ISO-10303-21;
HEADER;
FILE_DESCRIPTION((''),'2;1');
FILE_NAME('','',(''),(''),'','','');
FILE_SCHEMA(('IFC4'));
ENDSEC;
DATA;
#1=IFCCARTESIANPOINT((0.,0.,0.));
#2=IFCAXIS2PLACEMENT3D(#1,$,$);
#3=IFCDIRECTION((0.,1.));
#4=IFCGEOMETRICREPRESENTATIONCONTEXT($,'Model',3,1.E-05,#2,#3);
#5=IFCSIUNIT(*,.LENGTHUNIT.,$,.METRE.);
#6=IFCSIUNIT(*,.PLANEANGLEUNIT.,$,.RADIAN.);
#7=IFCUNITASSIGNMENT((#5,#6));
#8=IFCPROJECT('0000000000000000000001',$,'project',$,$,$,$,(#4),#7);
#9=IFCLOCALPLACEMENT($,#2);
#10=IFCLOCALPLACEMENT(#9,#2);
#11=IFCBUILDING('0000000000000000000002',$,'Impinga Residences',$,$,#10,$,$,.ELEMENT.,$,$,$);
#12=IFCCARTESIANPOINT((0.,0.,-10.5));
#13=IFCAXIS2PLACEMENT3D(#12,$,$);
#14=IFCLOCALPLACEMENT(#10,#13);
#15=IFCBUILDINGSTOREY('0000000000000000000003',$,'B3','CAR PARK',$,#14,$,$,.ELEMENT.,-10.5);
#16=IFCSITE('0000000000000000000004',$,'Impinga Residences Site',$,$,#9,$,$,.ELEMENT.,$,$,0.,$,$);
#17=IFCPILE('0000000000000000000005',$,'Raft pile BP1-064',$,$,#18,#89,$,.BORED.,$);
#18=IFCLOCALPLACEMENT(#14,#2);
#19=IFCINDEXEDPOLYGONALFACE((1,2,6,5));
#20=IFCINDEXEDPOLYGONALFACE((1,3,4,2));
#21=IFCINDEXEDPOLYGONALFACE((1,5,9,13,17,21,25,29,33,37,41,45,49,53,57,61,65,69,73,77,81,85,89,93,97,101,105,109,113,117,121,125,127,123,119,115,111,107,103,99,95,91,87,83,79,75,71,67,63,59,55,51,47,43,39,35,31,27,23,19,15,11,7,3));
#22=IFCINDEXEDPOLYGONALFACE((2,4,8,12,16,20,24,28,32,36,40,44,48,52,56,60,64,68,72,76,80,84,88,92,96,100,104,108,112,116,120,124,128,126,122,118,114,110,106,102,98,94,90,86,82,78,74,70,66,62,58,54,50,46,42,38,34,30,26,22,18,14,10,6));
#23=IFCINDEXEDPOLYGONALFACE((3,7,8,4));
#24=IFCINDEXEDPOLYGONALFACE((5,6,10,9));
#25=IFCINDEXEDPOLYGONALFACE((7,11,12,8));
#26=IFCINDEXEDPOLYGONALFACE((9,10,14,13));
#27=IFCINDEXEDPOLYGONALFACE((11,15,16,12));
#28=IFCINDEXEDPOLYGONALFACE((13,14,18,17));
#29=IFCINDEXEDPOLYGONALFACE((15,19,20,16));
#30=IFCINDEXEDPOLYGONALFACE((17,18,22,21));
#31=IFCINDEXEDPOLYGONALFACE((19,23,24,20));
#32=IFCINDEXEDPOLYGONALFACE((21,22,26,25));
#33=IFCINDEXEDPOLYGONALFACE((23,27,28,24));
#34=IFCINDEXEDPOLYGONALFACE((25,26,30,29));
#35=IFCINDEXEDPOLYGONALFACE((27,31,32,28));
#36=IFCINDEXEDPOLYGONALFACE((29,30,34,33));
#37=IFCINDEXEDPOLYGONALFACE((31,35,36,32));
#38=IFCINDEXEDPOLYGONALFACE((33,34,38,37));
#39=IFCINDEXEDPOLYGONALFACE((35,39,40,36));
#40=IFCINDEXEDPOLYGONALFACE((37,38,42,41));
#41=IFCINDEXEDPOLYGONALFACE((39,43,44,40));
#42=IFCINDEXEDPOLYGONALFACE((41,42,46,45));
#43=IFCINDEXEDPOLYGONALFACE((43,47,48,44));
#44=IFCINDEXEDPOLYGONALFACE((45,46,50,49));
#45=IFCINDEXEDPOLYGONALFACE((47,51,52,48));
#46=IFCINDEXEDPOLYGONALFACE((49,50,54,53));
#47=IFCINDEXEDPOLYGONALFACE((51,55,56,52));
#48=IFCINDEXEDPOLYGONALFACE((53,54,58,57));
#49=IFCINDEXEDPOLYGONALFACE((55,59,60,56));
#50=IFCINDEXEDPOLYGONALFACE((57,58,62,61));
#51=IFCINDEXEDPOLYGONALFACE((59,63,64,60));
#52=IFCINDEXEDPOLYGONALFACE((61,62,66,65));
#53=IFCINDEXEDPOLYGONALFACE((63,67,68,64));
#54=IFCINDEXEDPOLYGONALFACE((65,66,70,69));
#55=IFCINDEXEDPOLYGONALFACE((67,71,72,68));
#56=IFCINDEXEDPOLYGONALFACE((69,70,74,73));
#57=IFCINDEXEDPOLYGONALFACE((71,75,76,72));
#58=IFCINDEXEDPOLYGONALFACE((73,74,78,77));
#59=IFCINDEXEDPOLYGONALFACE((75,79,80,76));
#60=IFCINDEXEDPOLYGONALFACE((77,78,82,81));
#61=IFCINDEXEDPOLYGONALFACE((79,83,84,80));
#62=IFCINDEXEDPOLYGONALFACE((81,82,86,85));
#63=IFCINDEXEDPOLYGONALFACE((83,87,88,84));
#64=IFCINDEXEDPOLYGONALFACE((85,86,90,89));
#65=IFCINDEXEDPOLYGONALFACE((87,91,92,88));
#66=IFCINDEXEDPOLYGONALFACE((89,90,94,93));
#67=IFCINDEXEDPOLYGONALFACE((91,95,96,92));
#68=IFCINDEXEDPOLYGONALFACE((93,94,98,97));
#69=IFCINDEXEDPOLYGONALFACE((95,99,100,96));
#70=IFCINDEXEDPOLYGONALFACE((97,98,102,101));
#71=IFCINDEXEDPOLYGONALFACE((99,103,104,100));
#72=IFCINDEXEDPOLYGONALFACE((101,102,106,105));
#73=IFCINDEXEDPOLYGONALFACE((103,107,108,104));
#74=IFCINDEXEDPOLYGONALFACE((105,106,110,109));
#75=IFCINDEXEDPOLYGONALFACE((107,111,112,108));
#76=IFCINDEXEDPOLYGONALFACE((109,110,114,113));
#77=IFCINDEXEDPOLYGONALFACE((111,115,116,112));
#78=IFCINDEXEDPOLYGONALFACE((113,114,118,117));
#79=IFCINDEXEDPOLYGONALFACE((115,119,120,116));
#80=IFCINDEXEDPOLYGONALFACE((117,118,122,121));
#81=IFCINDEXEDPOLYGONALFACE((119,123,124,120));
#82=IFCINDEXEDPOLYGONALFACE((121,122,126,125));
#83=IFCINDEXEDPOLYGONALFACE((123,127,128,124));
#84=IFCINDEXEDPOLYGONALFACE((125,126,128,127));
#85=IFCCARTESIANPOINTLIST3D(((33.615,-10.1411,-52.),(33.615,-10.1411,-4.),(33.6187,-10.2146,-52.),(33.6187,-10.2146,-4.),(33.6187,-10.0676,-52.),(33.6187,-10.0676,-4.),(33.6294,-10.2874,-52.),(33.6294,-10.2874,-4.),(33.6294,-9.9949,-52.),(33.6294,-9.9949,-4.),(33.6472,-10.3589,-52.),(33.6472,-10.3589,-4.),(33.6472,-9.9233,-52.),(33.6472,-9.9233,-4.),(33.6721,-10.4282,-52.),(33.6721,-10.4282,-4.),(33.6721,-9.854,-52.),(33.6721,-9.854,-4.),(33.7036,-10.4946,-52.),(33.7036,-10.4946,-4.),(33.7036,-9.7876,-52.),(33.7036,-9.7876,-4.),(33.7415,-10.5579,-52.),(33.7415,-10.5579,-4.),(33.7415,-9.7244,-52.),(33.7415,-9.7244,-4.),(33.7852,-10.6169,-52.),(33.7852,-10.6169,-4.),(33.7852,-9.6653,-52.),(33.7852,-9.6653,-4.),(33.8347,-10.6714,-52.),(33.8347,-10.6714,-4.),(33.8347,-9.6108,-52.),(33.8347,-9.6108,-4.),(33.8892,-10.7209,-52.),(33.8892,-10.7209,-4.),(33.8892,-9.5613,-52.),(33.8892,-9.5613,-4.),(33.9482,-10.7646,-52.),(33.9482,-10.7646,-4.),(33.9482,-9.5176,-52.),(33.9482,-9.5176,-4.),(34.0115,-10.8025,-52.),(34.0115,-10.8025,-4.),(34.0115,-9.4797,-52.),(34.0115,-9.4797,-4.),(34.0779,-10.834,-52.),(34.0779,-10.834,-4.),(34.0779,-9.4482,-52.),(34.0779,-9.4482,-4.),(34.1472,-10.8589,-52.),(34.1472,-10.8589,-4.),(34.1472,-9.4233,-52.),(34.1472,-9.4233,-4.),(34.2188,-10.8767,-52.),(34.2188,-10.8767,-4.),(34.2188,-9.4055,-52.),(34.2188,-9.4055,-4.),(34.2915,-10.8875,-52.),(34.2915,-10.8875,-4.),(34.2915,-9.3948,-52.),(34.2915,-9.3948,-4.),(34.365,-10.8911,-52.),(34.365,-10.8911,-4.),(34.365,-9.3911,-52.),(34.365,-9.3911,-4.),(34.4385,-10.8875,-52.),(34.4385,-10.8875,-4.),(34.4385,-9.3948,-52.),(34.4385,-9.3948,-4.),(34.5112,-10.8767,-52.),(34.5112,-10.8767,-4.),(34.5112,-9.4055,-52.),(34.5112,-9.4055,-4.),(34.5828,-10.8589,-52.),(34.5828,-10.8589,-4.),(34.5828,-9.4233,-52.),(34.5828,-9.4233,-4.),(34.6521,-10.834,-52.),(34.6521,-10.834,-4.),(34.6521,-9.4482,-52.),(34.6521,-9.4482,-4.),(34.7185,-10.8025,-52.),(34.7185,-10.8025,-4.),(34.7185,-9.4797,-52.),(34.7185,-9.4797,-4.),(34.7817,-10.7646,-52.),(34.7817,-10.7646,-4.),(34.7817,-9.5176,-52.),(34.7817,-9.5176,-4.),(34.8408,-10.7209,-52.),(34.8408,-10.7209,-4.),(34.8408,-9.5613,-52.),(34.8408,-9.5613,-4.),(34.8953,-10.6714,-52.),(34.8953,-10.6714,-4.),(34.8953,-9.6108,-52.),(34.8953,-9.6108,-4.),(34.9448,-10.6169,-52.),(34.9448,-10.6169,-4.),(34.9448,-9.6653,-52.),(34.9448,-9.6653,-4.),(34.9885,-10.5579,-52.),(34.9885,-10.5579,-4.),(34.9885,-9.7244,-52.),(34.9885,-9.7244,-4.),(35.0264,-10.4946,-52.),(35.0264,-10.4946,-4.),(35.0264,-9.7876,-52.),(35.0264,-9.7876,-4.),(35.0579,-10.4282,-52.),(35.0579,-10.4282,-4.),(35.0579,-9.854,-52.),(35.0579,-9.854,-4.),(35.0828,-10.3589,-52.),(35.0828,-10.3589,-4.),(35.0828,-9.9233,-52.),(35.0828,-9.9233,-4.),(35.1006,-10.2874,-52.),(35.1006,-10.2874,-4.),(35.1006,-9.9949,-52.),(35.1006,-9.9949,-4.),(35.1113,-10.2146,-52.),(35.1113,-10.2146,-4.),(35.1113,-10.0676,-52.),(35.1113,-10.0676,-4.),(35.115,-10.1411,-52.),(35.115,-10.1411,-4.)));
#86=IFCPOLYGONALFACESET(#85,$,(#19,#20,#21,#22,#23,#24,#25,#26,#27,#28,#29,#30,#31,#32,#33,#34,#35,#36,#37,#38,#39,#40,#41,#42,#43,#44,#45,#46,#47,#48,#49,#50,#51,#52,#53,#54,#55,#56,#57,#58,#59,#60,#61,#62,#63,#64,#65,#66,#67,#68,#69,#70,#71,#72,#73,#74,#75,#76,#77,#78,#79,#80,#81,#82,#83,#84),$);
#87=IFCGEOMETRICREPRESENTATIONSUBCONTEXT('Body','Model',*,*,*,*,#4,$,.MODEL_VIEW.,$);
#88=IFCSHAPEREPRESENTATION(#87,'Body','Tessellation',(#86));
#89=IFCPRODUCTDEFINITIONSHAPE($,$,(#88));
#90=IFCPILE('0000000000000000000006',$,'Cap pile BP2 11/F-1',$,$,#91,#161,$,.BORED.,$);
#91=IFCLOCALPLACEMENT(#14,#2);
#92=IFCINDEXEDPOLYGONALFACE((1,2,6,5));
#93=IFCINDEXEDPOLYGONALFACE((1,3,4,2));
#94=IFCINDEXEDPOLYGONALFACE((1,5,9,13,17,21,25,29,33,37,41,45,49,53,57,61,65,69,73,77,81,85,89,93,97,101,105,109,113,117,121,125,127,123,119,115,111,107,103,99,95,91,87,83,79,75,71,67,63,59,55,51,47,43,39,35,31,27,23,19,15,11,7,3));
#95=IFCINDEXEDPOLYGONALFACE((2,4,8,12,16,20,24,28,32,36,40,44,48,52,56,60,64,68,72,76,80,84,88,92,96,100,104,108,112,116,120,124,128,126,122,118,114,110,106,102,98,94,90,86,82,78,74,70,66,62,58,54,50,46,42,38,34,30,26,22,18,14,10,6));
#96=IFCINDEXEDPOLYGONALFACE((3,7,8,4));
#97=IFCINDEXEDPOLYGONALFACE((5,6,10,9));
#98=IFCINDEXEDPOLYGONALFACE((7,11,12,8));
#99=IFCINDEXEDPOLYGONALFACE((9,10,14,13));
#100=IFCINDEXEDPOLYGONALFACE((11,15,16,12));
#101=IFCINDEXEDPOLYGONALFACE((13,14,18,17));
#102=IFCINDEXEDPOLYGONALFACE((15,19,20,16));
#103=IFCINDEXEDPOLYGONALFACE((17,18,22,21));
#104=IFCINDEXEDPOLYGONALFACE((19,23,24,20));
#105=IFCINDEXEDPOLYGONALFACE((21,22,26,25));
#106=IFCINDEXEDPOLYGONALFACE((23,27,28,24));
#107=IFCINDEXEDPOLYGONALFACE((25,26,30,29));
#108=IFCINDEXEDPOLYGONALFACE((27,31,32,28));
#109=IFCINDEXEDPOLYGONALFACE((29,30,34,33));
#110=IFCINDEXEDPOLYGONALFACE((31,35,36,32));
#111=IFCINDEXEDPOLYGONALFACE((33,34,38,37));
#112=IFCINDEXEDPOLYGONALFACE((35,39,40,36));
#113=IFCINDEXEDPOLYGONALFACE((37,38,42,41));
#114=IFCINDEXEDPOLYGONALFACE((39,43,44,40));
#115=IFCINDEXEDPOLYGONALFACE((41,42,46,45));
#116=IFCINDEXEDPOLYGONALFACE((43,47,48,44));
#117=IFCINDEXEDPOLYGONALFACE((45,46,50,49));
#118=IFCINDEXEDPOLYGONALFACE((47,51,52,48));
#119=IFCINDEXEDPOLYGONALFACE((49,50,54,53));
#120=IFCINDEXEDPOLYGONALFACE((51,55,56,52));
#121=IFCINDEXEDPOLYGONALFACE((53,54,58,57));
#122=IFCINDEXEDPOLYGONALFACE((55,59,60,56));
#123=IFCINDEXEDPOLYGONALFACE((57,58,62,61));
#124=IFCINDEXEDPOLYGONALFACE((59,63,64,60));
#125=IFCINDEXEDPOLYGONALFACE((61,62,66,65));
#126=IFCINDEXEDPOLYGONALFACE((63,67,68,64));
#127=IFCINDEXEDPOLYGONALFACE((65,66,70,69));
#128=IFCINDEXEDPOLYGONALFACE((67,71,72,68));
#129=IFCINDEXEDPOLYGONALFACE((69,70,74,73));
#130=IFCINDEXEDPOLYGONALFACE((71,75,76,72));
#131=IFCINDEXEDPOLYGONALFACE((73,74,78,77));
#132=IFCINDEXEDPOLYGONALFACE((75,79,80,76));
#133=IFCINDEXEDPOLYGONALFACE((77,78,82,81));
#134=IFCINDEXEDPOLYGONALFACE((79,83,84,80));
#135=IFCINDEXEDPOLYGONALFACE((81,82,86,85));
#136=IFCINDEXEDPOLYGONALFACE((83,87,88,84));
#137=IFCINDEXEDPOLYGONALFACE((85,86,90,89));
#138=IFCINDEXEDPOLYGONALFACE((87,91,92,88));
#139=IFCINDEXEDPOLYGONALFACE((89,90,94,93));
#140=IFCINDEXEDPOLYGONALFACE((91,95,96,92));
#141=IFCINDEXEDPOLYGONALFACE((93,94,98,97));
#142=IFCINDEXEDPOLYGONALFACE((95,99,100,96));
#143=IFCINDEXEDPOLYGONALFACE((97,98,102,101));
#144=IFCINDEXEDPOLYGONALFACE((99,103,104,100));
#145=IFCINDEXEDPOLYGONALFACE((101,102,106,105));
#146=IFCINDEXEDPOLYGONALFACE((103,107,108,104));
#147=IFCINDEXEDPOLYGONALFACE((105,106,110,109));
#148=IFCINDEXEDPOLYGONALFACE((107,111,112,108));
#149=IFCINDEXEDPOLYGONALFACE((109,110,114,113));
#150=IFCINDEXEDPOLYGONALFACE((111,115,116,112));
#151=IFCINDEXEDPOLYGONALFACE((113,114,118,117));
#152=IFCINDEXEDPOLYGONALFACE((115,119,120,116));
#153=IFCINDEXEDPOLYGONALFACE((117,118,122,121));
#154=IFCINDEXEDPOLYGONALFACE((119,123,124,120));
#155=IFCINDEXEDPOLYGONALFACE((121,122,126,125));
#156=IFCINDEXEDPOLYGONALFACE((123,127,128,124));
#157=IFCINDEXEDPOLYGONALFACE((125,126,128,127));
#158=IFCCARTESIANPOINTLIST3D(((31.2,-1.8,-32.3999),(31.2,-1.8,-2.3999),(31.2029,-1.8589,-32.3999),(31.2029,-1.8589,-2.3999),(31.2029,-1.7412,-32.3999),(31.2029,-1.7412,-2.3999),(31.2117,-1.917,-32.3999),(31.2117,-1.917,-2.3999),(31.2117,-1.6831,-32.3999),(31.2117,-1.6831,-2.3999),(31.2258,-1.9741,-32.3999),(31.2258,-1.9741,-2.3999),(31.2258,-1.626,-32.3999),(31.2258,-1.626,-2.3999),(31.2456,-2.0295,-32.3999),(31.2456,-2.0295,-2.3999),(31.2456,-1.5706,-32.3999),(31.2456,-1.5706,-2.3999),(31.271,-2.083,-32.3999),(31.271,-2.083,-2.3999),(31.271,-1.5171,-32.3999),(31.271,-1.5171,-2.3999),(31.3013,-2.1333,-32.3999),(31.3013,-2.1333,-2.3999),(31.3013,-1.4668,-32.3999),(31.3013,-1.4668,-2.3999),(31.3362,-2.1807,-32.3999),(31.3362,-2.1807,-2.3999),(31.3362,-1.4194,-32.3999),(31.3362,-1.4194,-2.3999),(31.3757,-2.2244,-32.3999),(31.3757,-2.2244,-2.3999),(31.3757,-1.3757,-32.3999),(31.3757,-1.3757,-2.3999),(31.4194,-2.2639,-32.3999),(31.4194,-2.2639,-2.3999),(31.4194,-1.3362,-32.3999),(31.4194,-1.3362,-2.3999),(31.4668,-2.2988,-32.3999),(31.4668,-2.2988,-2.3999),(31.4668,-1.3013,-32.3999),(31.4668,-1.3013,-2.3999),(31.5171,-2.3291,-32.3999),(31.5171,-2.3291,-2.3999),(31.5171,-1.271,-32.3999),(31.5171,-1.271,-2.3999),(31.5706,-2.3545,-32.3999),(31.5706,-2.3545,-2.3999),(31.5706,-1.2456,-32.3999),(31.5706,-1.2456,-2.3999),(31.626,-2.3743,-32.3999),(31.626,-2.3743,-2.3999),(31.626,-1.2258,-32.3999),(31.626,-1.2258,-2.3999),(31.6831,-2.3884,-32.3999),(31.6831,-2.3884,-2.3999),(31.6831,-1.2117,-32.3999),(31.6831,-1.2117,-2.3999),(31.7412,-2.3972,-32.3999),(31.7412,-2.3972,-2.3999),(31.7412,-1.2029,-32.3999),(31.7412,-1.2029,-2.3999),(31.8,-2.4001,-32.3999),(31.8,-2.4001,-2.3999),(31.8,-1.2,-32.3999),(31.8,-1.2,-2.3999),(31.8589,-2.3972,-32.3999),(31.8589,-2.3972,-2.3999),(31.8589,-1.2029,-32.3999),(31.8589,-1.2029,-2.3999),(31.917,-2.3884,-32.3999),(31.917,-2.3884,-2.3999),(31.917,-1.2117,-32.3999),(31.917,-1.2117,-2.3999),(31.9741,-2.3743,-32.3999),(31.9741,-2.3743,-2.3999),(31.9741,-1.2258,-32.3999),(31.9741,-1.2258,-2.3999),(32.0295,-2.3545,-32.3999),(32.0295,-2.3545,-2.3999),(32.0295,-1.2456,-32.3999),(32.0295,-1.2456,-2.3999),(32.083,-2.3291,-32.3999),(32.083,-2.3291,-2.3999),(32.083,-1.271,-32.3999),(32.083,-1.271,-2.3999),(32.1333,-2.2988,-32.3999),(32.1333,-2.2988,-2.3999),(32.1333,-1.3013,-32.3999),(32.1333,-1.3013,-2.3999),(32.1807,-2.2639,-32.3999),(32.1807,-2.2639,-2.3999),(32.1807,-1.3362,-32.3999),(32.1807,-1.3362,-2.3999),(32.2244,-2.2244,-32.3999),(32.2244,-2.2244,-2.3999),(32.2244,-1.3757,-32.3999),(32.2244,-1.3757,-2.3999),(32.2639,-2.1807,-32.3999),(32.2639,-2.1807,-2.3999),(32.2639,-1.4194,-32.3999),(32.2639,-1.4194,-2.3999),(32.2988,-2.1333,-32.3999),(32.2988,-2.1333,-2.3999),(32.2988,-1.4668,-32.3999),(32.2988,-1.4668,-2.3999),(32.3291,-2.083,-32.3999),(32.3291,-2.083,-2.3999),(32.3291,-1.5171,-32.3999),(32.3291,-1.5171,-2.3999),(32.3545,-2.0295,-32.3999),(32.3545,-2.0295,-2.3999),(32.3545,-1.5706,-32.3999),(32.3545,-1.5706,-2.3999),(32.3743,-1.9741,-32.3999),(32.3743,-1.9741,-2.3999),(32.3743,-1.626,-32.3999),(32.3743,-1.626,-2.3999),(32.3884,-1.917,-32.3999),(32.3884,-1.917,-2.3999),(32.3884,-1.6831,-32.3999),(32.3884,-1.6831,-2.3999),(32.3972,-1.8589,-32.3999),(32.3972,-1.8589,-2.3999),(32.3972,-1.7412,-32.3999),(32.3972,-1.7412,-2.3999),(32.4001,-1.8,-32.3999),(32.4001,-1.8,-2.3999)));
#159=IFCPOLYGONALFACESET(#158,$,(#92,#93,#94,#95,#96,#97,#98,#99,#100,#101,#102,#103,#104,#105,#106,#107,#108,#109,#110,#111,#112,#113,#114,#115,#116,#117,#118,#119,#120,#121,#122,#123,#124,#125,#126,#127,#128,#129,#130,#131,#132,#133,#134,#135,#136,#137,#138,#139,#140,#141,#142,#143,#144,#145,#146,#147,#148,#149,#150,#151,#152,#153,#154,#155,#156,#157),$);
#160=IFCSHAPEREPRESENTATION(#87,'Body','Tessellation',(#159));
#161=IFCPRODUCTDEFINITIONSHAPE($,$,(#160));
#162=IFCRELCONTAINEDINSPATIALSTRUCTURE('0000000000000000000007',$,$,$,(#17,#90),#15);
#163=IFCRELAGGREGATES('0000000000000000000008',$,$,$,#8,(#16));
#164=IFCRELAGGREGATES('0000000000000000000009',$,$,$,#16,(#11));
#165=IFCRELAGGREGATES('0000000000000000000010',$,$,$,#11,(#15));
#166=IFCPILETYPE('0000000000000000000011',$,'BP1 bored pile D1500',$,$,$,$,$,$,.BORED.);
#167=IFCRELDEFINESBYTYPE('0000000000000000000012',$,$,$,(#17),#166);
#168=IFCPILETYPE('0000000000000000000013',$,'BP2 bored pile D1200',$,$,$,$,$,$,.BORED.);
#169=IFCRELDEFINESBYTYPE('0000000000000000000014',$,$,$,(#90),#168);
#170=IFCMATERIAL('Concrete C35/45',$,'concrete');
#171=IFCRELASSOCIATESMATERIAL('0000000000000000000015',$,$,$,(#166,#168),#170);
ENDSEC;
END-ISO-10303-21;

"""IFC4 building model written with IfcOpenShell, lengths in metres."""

from ifc_helpers import new_model, si_unit, direction, frame, origin, origin_2d, place, context, subcontext, project, spatial, polyline, circle, outline, extrude, material, material_profile, profile_set, type_object, element, save


model = new_model("IFC4")

# Units and contexts
model_context = context("Model", 3, precision=1e-05, world=origin(), true_north=direction((0.0, 1.0)))
body_context = subcontext(model_context, "Body", "Model", "MODEL_VIEW")
ifc_project = project(units=[si_unit("LENGTHUNIT", "METRE"), si_unit("PLANEANGLEUNIT", "RADIAN")], contexts=[model_context])

# Site, building, storey
site_placement = place(None, origin())
site = spatial("IfcSite", under=ifc_project, at=site_placement, Name="Impinga Residences Site", CompositionType="ELEMENT", RefElevation=0.0)
building_placement = place(site_placement, origin())
building = spatial("IfcBuilding", under=site, at=building_placement, Name="Impinga Residences", CompositionType="ELEMENT")
storey_placement = place(building_placement, frame((0.0, 0.0, -10.5)))
storey = spatial("IfcBuildingStorey", under=building, at=storey_placement, Name="B3", Description="CAR PARK", CompositionType="ELEMENT", Elevation=-10.5)

# Piles
ifc_material_1 = material(Name="Concrete C35/45", Category="concrete")
ifc_material_profile_1 = material_profile(ifc_material_1, circle(Radius=0.75, at=origin_2d()), Name="D1500")
ifc_profile_set_1 = profile_set([ifc_material_profile_1], Name="Concrete C35/45")
pile_type_1 = type_object("IfcPileType", Name="BP1 bored pile D1500", PredefinedType="BORED", material=ifc_profile_set_1)
pile_1_placement = place(storey_placement, frame((34.365, -10.1411, -4.0), z_axis=(0.0, 0.0, -1.0), x_axis=(1.0, 0.0, 0.0)))
element("IfcPile", 1, at=pile_1_placement, inside=storey, type_object=pile_type_1, Name="Raft pile BP1-064", PredefinedType="BORED", context=body_context, shape_type="SweptSolid", body=[
    extrude(outline(polyline([(0.75, 0.0), (0.7463, 0.0735), (0.7356, 0.1462), (0.7178, 0.2178), (0.6929, 0.2871), (0.6614, 0.3535), (0.6235, 0.4167), (0.5798, 0.4758), (0.5303, 0.5303), (0.4758, 0.5798), (0.4167, 0.6235), (0.3535, 0.6614), (0.2871, 0.6929), (0.2178, 0.7178), (0.1462, 0.7356), (0.0735, 0.7463), (0.0, 0.75), (-0.0735, 0.7463), (-0.1462, 0.7356), (-0.2178, 0.7178), (-0.2871, 0.6929), (-0.3535, 0.6614), (-0.4167, 0.6235), (-0.4758, 0.5798), (-0.5303, 0.5303), (-0.5798, 0.4758), (-0.6235, 0.4167), (-0.6614, 0.3535), (-0.6929, 0.2871), (-0.7178, 0.2178), (-0.7356, 0.1462), (-0.7463, 0.0735), (-0.75, 0.0), (-0.7463, -0.0735), (-0.7356, -0.1462), (-0.7178, -0.2178), (-0.6929, -0.2871), (-0.6614, -0.3535), (-0.6235, -0.4167), (-0.5798, -0.4758), (-0.5303, -0.5303), (-0.4758, -0.5798), (-0.4167, -0.6235), (-0.3535, -0.6614), (-0.2871, -0.6929), (-0.2178, -0.7178), (-0.1462, -0.7356), (-0.0735, -0.7463), (0.0, -0.75), (0.0735, -0.7463), (0.1462, -0.7356), (0.2178, -0.7178), (0.2871, -0.6929), (0.3535, -0.6614), (0.4167, -0.6235), (0.4758, -0.5798), (0.5303, -0.5303), (0.5798, -0.4758), (0.6235, -0.4167), (0.6614, -0.3535), (0.6929, -0.2871), (0.7178, -0.2178), (0.7356, -0.1462), (0.7463, -0.0735), (0.75, 0.0)])), origin(), (0.0, 0.0, 1.0), 48.0),
])
ifc_material_profile_2 = material_profile(ifc_material_1, circle(Radius=0.6001, at=origin_2d()), Name="D1200")
ifc_profile_set_2 = profile_set([ifc_material_profile_2], Name="Concrete C35/45")
pile_type_2 = type_object("IfcPileType", Name="BP2 bored pile D1200", PredefinedType="BORED", material=ifc_profile_set_2)
pile_2_placement = place(storey_placement, frame((31.8, -1.8, -2.3999), z_axis=(0.0, 0.0, -1.0), x_axis=(1.0, 0.0, 0.0)))
element("IfcPile", 2, at=pile_2_placement, inside=storey, type_object=pile_type_2, Name="Cap pile BP2 11/F-1", PredefinedType="BORED", context=body_context, shape_type="SweptSolid", body=[
    extrude(outline(polyline([(0.6001, 0.0), (0.5972, 0.0588), (0.5884, 0.1169), (0.5742, 0.1741), (0.5544, 0.2295), (0.5291, 0.283), (0.4988, 0.3333), (0.4639, 0.3806), (0.4243, 0.4243), (0.3806, 0.4639), (0.3333, 0.4988), (0.283, 0.5291), (0.2295, 0.5544), (0.1741, 0.5742), (0.1169, 0.5884), (0.0588, 0.5972), (0.0, 0.6001), (-0.0588, 0.5972), (-0.1169, 0.5884), (-0.1741, 0.5742), (-0.2295, 0.5544), (-0.283, 0.5291), (-0.3333, 0.4988), (-0.3806, 0.4639), (-0.4243, 0.4243), (-0.4639, 0.3806), (-0.4988, 0.3333), (-0.5291, 0.283), (-0.5544, 0.2295), (-0.5742, 0.1741), (-0.5884, 0.1169), (-0.5972, 0.0588), (-0.6001, 0.0), (-0.5972, -0.0588), (-0.5884, -0.1169), (-0.5742, -0.1741), (-0.5544, -0.2295), (-0.5291, -0.283), (-0.4988, -0.3333), (-0.4639, -0.3806), (-0.4243, -0.4243), (-0.3806, -0.4639), (-0.3333, -0.4988), (-0.283, -0.5291), (-0.2295, -0.5544), (-0.1741, -0.5742), (-0.1169, -0.5884), (-0.0588, -0.5972), (0.0, -0.6001), (0.0588, -0.5972), (0.1169, -0.5884), (0.1741, -0.5742), (0.2295, -0.5544), (0.283, -0.5291), (0.3333, -0.4988), (0.3806, -0.4639), (0.4243, -0.4243), (0.4639, -0.3806), (0.4988, -0.3333), (0.5291, -0.283), (0.5544, -0.2295), (0.5742, -0.1741), (0.5884, -0.1169), (0.5972, -0.0588), (0.6001, 0.0)])), origin(), (0.0, 0.0, 1.0), 30.0),
])

save(model, "model.ifc")
